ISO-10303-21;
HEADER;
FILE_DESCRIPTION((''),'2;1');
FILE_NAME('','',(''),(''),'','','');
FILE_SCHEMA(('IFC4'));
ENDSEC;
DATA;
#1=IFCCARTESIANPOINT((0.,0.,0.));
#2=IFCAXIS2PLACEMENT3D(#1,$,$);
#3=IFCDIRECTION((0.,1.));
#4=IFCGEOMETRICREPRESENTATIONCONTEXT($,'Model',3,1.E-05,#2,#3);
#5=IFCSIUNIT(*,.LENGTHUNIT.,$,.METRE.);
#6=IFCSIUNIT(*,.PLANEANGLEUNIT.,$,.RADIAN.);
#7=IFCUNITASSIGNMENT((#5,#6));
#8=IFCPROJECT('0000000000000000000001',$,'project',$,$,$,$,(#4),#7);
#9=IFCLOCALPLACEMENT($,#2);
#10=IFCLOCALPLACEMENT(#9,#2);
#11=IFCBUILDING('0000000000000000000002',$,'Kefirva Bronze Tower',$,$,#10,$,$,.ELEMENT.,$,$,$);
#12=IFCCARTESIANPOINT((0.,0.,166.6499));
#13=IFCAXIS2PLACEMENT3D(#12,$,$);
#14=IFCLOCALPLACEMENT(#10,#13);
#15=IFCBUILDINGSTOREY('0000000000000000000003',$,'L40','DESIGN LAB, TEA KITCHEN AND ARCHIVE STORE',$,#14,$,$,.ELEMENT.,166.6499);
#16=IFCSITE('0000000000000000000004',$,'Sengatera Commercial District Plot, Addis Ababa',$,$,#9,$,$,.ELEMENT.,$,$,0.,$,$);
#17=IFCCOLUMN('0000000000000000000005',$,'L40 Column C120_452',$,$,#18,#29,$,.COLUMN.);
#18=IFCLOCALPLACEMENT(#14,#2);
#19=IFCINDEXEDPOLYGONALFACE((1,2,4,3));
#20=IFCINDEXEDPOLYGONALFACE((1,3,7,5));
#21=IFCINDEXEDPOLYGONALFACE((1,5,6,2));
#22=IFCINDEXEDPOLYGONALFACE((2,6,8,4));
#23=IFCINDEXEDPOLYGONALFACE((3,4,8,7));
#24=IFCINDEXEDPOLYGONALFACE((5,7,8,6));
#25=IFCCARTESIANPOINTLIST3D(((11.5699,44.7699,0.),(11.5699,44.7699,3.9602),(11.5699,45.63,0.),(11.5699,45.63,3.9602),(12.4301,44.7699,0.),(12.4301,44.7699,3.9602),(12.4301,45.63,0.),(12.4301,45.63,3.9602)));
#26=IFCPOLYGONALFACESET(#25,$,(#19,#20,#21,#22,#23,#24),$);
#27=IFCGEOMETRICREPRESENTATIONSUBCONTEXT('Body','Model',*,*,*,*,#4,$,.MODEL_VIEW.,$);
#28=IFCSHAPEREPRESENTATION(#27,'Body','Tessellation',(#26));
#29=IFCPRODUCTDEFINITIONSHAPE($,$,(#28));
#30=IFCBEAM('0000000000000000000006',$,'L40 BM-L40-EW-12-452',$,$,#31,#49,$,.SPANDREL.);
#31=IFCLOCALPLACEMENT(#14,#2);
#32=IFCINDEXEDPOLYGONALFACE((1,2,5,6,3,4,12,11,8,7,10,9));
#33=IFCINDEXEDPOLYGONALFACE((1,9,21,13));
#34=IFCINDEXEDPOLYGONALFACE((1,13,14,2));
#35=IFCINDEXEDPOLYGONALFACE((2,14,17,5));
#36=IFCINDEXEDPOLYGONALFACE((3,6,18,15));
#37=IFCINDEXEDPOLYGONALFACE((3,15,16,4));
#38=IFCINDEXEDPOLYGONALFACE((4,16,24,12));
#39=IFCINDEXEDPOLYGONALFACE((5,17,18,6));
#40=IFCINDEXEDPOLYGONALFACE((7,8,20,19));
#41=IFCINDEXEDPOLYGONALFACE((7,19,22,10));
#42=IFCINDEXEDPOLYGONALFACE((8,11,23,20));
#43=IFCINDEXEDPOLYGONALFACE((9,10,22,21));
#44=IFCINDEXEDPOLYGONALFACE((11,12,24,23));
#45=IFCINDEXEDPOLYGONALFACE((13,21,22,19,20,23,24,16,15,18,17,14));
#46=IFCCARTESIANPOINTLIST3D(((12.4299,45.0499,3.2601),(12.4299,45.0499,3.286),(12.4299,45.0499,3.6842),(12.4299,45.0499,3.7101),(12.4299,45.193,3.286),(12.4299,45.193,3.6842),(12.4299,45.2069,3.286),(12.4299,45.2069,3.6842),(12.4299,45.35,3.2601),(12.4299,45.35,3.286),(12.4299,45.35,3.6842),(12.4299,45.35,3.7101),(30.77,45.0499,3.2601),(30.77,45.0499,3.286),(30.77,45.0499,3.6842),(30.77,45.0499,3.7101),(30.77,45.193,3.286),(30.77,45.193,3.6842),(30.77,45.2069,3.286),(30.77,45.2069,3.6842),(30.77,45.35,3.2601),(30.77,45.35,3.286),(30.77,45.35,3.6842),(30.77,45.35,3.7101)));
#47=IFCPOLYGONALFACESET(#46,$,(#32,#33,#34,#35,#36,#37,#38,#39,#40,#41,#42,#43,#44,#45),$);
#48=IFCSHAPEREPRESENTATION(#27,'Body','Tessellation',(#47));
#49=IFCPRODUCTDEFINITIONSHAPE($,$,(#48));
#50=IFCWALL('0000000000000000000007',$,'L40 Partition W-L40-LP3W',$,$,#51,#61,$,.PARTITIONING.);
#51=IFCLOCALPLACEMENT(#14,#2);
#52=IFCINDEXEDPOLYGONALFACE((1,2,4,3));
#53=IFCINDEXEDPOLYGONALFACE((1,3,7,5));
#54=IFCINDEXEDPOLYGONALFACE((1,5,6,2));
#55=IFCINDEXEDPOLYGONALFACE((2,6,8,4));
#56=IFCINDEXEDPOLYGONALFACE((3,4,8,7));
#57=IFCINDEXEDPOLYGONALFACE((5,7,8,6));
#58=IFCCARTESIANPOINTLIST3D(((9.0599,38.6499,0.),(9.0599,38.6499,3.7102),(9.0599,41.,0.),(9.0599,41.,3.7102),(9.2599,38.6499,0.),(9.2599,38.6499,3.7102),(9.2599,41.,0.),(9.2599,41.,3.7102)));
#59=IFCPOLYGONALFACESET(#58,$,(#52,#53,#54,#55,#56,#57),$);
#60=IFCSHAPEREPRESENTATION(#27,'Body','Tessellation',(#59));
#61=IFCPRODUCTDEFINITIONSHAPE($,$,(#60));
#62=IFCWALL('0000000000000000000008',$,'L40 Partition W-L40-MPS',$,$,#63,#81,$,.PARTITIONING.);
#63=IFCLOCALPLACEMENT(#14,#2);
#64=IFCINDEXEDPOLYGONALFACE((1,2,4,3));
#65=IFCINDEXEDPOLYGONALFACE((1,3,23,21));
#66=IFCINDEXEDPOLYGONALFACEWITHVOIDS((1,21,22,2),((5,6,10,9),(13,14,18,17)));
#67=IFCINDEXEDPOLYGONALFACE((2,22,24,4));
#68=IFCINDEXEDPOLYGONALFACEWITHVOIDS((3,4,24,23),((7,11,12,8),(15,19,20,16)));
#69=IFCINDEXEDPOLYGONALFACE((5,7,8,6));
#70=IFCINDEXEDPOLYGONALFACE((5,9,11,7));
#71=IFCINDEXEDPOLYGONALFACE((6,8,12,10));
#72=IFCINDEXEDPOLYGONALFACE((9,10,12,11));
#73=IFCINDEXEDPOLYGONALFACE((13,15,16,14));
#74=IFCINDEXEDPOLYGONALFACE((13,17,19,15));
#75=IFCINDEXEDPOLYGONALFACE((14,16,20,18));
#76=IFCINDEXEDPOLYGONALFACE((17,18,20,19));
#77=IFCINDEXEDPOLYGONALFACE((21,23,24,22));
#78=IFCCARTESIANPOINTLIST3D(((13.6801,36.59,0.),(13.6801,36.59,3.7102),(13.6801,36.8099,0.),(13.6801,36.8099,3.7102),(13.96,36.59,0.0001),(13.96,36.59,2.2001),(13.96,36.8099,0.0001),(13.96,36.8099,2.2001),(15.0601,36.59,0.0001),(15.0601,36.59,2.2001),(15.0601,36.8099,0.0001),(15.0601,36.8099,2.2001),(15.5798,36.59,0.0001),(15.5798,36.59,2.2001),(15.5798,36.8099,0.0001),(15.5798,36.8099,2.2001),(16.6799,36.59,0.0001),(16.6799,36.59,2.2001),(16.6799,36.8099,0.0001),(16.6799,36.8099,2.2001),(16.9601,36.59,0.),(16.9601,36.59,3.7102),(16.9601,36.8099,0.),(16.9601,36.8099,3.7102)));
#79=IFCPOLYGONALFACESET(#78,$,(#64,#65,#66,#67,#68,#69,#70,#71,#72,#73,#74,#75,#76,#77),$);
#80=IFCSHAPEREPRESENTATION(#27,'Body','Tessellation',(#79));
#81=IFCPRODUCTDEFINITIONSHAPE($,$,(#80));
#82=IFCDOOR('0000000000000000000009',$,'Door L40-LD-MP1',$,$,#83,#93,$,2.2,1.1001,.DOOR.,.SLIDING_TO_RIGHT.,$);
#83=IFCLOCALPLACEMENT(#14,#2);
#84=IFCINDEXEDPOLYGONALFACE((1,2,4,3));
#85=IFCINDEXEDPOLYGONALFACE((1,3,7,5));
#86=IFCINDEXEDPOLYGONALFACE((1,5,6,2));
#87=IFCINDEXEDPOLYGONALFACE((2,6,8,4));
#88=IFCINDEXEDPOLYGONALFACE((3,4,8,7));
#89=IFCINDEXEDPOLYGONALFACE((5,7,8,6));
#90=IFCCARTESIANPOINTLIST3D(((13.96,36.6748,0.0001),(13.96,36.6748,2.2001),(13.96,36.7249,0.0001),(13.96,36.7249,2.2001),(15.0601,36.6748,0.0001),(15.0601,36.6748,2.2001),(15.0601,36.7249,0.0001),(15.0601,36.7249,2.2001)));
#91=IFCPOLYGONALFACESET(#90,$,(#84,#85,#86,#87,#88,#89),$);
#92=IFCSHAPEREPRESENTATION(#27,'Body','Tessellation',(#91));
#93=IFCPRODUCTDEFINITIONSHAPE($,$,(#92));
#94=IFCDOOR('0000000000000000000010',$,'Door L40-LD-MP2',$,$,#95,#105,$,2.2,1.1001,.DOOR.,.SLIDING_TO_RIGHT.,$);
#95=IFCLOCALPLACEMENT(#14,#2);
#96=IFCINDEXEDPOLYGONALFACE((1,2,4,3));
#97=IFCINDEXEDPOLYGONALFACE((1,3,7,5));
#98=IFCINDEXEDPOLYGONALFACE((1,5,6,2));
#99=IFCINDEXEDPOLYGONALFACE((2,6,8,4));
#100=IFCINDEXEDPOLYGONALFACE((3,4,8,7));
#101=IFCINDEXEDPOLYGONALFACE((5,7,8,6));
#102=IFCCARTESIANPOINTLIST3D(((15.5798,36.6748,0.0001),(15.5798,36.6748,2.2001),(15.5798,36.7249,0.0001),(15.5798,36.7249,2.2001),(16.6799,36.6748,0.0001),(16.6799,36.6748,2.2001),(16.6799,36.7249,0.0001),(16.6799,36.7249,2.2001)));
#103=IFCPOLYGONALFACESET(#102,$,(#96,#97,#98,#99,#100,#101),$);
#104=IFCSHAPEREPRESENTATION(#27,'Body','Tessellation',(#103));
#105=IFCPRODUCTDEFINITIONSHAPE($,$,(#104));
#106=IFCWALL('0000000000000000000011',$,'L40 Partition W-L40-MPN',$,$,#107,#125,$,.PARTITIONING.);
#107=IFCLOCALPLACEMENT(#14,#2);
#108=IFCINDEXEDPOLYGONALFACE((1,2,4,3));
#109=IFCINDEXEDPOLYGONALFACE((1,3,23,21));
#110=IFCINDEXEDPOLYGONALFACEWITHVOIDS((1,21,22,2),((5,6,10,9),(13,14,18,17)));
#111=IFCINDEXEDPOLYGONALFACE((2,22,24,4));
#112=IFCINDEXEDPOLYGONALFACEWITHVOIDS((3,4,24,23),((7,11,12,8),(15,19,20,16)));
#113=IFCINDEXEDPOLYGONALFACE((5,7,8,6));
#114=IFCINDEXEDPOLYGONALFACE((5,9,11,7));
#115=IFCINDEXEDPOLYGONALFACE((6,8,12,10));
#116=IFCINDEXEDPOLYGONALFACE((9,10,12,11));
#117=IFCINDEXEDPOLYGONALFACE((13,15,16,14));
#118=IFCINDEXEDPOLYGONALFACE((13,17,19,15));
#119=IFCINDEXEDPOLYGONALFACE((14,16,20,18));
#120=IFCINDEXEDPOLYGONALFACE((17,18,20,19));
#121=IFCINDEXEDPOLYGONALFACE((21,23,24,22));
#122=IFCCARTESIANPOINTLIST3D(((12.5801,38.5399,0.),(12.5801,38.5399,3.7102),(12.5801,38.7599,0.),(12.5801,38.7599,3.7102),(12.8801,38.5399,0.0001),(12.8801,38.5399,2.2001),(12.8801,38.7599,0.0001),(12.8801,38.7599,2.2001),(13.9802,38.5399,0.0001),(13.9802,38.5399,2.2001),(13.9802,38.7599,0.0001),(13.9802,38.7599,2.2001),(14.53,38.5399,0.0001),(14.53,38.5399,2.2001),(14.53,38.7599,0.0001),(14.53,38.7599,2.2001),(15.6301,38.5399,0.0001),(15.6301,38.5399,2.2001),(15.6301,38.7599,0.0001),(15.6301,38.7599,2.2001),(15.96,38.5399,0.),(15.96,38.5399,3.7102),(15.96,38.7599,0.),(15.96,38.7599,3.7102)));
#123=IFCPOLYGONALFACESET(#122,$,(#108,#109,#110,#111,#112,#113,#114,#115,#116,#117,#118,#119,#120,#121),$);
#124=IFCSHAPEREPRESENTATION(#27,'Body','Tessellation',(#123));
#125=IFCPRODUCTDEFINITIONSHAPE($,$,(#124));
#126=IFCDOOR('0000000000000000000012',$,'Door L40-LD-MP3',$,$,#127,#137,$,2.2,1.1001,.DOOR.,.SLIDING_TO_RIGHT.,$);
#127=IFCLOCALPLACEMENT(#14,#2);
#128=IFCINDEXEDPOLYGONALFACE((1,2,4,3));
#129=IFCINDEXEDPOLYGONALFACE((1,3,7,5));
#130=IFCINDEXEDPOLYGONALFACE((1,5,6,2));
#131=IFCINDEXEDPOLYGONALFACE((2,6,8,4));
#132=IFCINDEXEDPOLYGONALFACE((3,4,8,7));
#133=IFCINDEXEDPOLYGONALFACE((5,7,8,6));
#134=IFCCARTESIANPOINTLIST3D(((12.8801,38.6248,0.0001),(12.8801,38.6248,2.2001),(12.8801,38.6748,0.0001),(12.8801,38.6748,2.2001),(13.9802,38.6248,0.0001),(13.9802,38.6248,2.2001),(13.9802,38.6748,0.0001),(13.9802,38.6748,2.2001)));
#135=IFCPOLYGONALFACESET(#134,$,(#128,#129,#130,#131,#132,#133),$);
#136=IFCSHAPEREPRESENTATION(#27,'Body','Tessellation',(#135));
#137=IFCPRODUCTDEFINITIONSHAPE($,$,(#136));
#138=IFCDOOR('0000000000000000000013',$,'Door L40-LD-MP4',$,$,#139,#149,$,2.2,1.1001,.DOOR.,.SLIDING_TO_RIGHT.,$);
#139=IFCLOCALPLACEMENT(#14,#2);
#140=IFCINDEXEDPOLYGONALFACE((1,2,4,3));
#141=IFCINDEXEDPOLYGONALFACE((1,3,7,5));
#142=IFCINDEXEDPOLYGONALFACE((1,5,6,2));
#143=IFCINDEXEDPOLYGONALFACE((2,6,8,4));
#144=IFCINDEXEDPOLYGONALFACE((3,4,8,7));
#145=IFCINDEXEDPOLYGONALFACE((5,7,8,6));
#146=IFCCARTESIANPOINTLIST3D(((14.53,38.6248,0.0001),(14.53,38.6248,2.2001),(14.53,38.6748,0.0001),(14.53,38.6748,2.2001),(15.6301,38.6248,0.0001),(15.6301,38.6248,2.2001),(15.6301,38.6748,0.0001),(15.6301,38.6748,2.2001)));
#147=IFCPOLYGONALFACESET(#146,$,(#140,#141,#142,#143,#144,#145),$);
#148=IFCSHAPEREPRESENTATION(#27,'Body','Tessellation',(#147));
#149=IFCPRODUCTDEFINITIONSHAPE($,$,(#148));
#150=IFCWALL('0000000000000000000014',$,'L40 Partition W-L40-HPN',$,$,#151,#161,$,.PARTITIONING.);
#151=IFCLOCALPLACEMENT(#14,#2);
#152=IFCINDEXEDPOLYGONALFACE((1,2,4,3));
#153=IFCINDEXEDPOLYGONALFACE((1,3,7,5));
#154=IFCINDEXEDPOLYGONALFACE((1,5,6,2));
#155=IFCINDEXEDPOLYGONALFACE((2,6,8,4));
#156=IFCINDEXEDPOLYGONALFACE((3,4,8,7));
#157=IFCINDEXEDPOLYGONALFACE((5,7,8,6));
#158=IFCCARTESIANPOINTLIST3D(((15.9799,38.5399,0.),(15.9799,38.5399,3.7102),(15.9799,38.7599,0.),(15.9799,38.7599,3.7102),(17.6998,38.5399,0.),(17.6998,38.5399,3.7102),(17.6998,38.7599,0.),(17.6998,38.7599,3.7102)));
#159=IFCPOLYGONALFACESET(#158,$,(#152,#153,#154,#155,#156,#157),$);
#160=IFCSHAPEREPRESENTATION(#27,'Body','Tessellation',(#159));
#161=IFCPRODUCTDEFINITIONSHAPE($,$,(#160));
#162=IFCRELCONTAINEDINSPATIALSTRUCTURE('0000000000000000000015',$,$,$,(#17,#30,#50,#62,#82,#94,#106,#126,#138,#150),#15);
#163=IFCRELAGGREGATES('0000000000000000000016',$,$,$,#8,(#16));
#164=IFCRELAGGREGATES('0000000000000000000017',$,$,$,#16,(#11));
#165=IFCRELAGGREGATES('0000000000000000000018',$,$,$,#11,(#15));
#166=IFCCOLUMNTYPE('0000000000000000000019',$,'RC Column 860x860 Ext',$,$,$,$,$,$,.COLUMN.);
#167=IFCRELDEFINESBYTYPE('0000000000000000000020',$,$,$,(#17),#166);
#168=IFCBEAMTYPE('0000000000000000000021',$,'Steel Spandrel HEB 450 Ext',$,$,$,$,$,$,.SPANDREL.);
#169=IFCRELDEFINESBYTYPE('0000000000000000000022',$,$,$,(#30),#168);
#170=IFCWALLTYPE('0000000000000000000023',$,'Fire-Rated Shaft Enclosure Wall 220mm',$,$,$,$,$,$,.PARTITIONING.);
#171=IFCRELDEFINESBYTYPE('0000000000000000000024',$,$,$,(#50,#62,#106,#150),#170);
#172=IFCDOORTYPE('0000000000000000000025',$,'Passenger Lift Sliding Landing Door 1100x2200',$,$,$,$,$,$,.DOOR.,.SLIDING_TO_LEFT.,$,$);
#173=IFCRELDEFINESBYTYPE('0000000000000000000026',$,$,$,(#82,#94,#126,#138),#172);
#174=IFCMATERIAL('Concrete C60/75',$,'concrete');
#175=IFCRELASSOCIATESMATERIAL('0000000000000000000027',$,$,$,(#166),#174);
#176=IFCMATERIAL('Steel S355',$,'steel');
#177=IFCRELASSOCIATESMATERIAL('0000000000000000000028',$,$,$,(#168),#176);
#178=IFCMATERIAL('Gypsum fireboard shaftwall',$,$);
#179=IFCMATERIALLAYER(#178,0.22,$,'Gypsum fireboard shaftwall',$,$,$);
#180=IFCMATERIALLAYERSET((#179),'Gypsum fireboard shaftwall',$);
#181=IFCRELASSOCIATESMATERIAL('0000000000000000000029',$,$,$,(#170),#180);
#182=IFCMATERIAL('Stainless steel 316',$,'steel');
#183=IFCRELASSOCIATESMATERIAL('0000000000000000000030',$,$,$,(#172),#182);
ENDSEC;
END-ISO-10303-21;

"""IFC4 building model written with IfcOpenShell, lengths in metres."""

from ifc_helpers import new_model, si_unit, direction, frame, frame_2d, origin, origin_2d, place, context, subcontext, project, spatial, rectangle, i_section, extrude, material, layer, layer_set, material_profile, profile_set, type_object, element, fill, save


model = new_model("IFC4")

# Units and contexts
model_context = context("Model", 3, precision=1e-05, world=origin(), true_north=direction((0.0, 1.0)))
body_context = subcontext(model_context, "Body", "Model", "MODEL_VIEW")
ifc_project = project(units=[si_unit("LENGTHUNIT", "METRE"), si_unit("PLANEANGLEUNIT", "RADIAN")], contexts=[model_context])

# Site, building, storey
site_placement = place(None, origin())
site = spatial("IfcSite", under=ifc_project, at=site_placement, Name="Sengatera Commercial District Plot, Addis Ababa", CompositionType="ELEMENT", RefElevation=0.0)
building_placement = place(site_placement, origin())
building = spatial("IfcBuilding", under=site, at=building_placement, Name="Kefirva Bronze Tower", CompositionType="ELEMENT")
storey_placement = place(building_placement, frame((0.0, 0.0, 166.6499)))
storey = spatial("IfcBuildingStorey", under=building, at=storey_placement, Name="L40", Description="DESIGN LAB, TEA KITCHEN AND ARCHIVE STORE", CompositionType="ELEMENT", Elevation=166.6499)

# Column
ifc_material_1 = material(Name="Concrete C60/75", Category="concrete")
ifc_material_profile_1 = material_profile(ifc_material_1, rectangle(XDim=0.8601, YDim=0.8601, at=origin_2d()), Name="RC 860x860")
ifc_profile_set_1 = profile_set([ifc_material_profile_1], Name="Concrete C60/75")
column_type = type_object("IfcColumnType", Name="RC Column 860x860 Ext", PredefinedType="COLUMN", material=ifc_profile_set_1)
column_placement = place(storey_placement, frame((12.0, 45.2, 0.0), z_axis=(0.0, 0.0, 1.0), x_axis=(1.0, 0.0, 0.0)))
element("IfcColumn", 1, at=column_placement, inside=storey, type_object=column_type, Name="L40 Column C120_452", PredefinedType="COLUMN", context=body_context, shape_type="SweptSolid", body=[
    extrude(rectangle(XDim=0.8601, YDim=0.8601, at=origin_2d()), origin(), (0.0, 0.0, 1.0), 3.9602),
])

# Beam
ifc_material_2 = material(Name="Steel S355", Category="steel")
ifc_material_profile_2 = material_profile(ifc_material_2, i_section(OverallWidth=0.3, OverallDepth=0.45, WebThickness=0.0139, FlangeThickness=0.0259, at=origin_2d()), Name="HEB 450")
ifc_profile_set_2 = profile_set([ifc_material_profile_2], Name="Steel S355")
beam_type = type_object("IfcBeamType", Name="Steel Spandrel HEB 450 Ext", PredefinedType="SPANDREL", material=ifc_profile_set_2)
beam_placement = place(storey_placement, frame((12.4299, 45.2, 3.4851), z_axis=(1.0, 0.0, 0.0), x_axis=(0.0, 1.0, 0.0)))
element("IfcBeam", 2, at=beam_placement, inside=storey, type_object=beam_type, Name="L40 BM-L40-EW-12-452", PredefinedType="SPANDREL", context=body_context, shape_type="SweptSolid", body=[
    extrude(i_section(OverallWidth=0.3, OverallDepth=0.45, WebThickness=0.0139, FlangeThickness=0.0259, at=origin_2d()), origin(), (0.0, 0.0, 1.0), 18.3401),
])

# Wall
ifc_material_3 = material(Name="Gypsum fireboard shaftwall")
ifc_layer_1 = layer(ifc_material_3, 0.22, Name="Gypsum fireboard shaftwall")
ifc_layer_set_1 = layer_set([ifc_layer_1], Name="Gypsum fireboard shaftwall")
wall_type_1 = type_object("IfcWallType", Name="Fire-Rated Shaft Enclosure Wall 220mm", PredefinedType="PARTITIONING", material=ifc_layer_set_1)
wall_1_placement = place(storey_placement, frame((9.1599, 38.6499, 0.0), z_axis=(0.0, 0.0, 1.0), x_axis=(0.0, 1.0, 0.0)))
element("IfcWall", 3, at=wall_1_placement, inside=storey, type_object=wall_type_1, Name="L40 Partition W-L40-LP3W", PredefinedType="PARTITIONING", context=body_context, shape_type="SweptSolid", body=[
    extrude(rectangle(XDim=2.3501, YDim=0.2, at=frame_2d((1.175, 0.0))), origin(), (0.0, 0.0, 1.0), 3.7102),
])

# Walls, openings, doors
wall_2_placement = place(storey_placement, frame((13.6799, 36.7, 0.0), z_axis=(0.0, 0.0, 1.0), x_axis=(1.0, 0.0, 0.0)))
wall_2 = element("IfcWall", 4, at=wall_2_placement, inside=storey, type_object=wall_type_1, Name="L40 Partition W-L40-MPS", PredefinedType="PARTITIONING", context=body_context, shape_type="SweptSolid", body=[
    extrude(rectangle(XDim=3.28, YDim=0.22, at=frame_2d((1.6401, 0.0))), origin(), (0.0, 0.0, 1.0), 3.7102),
])
opening_1_placement = place(wall_2_placement, frame((0.28, 0.0, 0.0)))
opening_1 = element("IfcOpeningElement", 5, at=opening_1_placement, cuts=wall_2, PredefinedType="OPENING", context=body_context, shape_type="SweptSolid", body=[
    extrude(rectangle(XDim=1.1001, YDim=2.2, at=frame_2d((0.55, 1.1001))), frame((0.0, 0.1201, 0.0), z_axis=(0.0, -1.0, 0.0), x_axis=(1.0, 0.0, 0.0)), (0.0, 0.0, 1.0), 0.24),
])
opening_2_placement = place(wall_2_placement, frame((1.8999, 0.0, 0.0)))
opening_2 = element("IfcOpeningElement", 6, at=opening_2_placement, cuts=wall_2, PredefinedType="OPENING", context=body_context, shape_type="SweptSolid", body=[
    extrude(rectangle(XDim=1.1001, YDim=2.2, at=frame_2d((0.55, 1.1001))), frame((0.0, 0.1201, 0.0), z_axis=(0.0, -1.0, 0.0), x_axis=(1.0, 0.0, 0.0)), (0.0, 0.0, 1.0), 0.24),
])
ifc_material_4 = material(Name="Stainless steel 316", Category="steel")
door_type_1 = type_object("IfcDoorType", Name="Passenger Lift Sliding Landing Door 1100x2200", OperationType="SLIDING_TO_LEFT", PredefinedType="DOOR", material=ifc_material_4)
door_1_placement = place(opening_1_placement, origin())
door_1 = element("IfcDoor", 7, at=door_1_placement, inside=storey, type_object=door_type_1, Name="Door L40-LD-MP1", OperationType="SLIDING_TO_RIGHT", OverallHeight=2.2, OverallWidth=1.1001, PredefinedType="DOOR", context=body_context, shape_type="SweptSolid", body=[
    extrude(rectangle(XDim=1.1001, YDim=2.2, at=frame_2d((0.55, 1.1001))), frame((0.0, 0.0249, 0.0), z_axis=(0.0, -1.0, 0.0), x_axis=(1.0, 0.0, 0.0)), (0.0, 0.0, 1.0), 0.05),
])
fill(opening_1, door_1)
door_2_placement = place(opening_2_placement, origin())
door_2 = element("IfcDoor", 8, at=door_2_placement, inside=storey, type_object=door_type_1, Name="Door L40-LD-MP2", OperationType="SLIDING_TO_RIGHT", OverallHeight=2.2, OverallWidth=1.1001, PredefinedType="DOOR", context=body_context, shape_type="SweptSolid", body=[
    extrude(rectangle(XDim=1.1001, YDim=2.2, at=frame_2d((0.55, 1.1001))), frame((0.0, 0.0249, 0.0), z_axis=(0.0, -1.0, 0.0), x_axis=(1.0, 0.0, 0.0)), (0.0, 0.0, 1.0), 0.05),
])
fill(opening_2, door_2)
wall_3_placement = place(storey_placement, frame((12.5801, 38.6499, 0.0), z_axis=(0.0, 0.0, 1.0), x_axis=(1.0, 0.0, 0.0)))
wall_3 = element("IfcWall", 9, at=wall_3_placement, inside=storey, type_object=wall_type_1, Name="L40 Partition W-L40-MPN", PredefinedType="PARTITIONING", context=body_context, shape_type="SweptSolid", body=[
    extrude(rectangle(XDim=3.3799, YDim=0.22, at=frame_2d((1.6899, 0.0))), origin(), (0.0, 0.0, 1.0), 3.7102),
])
opening_3_placement = place(wall_3_placement, frame((0.3, 0.0, 0.0)))
opening_3 = element("IfcOpeningElement", 10, at=opening_3_placement, cuts=wall_3, PredefinedType="OPENING", context=body_context, shape_type="SweptSolid", body=[
    extrude(rectangle(XDim=1.1001, YDim=2.2, at=frame_2d((0.55, 1.1001))), frame((0.0, 0.1201, 0.0), z_axis=(0.0, -1.0, 0.0), x_axis=(1.0, 0.0, 0.0)), (0.0, 0.0, 1.0), 0.24),
])
opening_4_placement = place(wall_3_placement, frame((1.95, 0.0, 0.0)))
opening_4 = element("IfcOpeningElement", 11, at=opening_4_placement, cuts=wall_3, PredefinedType="OPENING", context=body_context, shape_type="SweptSolid", body=[
    extrude(rectangle(XDim=1.1001, YDim=2.2, at=frame_2d((0.55, 1.1001))), frame((0.0, 0.1201, 0.0), z_axis=(0.0, -1.0, 0.0), x_axis=(1.0, 0.0, 0.0)), (0.0, 0.0, 1.0), 0.24),
])
door_3_placement = place(opening_3_placement, origin())
door_3 = element("IfcDoor", 12, at=door_3_placement, inside=storey, type_object=door_type_1, Name="Door L40-LD-MP3", OperationType="SLIDING_TO_RIGHT", OverallHeight=2.2, OverallWidth=1.1001, PredefinedType="DOOR", context=body_context, shape_type="SweptSolid", body=[
    extrude(rectangle(XDim=1.1001, YDim=2.2, at=frame_2d((0.55, 1.1001))), frame((0.0, 0.0249, 0.0), z_axis=(0.0, -1.0, 0.0), x_axis=(1.0, 0.0, 0.0)), (0.0, 0.0, 1.0), 0.05),
])
fill(opening_3, door_3)
door_4_placement = place(opening_4_placement, origin())
door_4 = element("IfcDoor", 13, at=door_4_placement, inside=storey, type_object=door_type_1, Name="Door L40-LD-MP4", OperationType="SLIDING_TO_RIGHT", OverallHeight=2.2, OverallWidth=1.1001, PredefinedType="DOOR", context=body_context, shape_type="SweptSolid", body=[
    extrude(rectangle(XDim=1.1001, YDim=2.2, at=frame_2d((0.55, 1.1001))), frame((0.0, 0.0249, 0.0), z_axis=(0.0, -1.0, 0.0), x_axis=(1.0, 0.0, 0.0)), (0.0, 0.0, 1.0), 0.05),
])
fill(opening_4, door_4)

# Wall
wall_4_placement = place(storey_placement, frame((15.98, 38.6499, 0.0), z_axis=(0.0, 0.0, 1.0), x_axis=(1.0, 0.0, 0.0)))
element("IfcWall", 14, at=wall_4_placement, inside=storey, type_object=wall_type_1, Name="L40 Partition W-L40-HPN", PredefinedType="PARTITIONING", context=body_context, shape_type="SweptSolid", body=[
    extrude(rectangle(XDim=1.72, YDim=0.22, at=frame_2d((0.8599, 0.0))), origin(), (0.0, 0.0, 1.0), 3.7102),
])

save(model, "model.ifc")
